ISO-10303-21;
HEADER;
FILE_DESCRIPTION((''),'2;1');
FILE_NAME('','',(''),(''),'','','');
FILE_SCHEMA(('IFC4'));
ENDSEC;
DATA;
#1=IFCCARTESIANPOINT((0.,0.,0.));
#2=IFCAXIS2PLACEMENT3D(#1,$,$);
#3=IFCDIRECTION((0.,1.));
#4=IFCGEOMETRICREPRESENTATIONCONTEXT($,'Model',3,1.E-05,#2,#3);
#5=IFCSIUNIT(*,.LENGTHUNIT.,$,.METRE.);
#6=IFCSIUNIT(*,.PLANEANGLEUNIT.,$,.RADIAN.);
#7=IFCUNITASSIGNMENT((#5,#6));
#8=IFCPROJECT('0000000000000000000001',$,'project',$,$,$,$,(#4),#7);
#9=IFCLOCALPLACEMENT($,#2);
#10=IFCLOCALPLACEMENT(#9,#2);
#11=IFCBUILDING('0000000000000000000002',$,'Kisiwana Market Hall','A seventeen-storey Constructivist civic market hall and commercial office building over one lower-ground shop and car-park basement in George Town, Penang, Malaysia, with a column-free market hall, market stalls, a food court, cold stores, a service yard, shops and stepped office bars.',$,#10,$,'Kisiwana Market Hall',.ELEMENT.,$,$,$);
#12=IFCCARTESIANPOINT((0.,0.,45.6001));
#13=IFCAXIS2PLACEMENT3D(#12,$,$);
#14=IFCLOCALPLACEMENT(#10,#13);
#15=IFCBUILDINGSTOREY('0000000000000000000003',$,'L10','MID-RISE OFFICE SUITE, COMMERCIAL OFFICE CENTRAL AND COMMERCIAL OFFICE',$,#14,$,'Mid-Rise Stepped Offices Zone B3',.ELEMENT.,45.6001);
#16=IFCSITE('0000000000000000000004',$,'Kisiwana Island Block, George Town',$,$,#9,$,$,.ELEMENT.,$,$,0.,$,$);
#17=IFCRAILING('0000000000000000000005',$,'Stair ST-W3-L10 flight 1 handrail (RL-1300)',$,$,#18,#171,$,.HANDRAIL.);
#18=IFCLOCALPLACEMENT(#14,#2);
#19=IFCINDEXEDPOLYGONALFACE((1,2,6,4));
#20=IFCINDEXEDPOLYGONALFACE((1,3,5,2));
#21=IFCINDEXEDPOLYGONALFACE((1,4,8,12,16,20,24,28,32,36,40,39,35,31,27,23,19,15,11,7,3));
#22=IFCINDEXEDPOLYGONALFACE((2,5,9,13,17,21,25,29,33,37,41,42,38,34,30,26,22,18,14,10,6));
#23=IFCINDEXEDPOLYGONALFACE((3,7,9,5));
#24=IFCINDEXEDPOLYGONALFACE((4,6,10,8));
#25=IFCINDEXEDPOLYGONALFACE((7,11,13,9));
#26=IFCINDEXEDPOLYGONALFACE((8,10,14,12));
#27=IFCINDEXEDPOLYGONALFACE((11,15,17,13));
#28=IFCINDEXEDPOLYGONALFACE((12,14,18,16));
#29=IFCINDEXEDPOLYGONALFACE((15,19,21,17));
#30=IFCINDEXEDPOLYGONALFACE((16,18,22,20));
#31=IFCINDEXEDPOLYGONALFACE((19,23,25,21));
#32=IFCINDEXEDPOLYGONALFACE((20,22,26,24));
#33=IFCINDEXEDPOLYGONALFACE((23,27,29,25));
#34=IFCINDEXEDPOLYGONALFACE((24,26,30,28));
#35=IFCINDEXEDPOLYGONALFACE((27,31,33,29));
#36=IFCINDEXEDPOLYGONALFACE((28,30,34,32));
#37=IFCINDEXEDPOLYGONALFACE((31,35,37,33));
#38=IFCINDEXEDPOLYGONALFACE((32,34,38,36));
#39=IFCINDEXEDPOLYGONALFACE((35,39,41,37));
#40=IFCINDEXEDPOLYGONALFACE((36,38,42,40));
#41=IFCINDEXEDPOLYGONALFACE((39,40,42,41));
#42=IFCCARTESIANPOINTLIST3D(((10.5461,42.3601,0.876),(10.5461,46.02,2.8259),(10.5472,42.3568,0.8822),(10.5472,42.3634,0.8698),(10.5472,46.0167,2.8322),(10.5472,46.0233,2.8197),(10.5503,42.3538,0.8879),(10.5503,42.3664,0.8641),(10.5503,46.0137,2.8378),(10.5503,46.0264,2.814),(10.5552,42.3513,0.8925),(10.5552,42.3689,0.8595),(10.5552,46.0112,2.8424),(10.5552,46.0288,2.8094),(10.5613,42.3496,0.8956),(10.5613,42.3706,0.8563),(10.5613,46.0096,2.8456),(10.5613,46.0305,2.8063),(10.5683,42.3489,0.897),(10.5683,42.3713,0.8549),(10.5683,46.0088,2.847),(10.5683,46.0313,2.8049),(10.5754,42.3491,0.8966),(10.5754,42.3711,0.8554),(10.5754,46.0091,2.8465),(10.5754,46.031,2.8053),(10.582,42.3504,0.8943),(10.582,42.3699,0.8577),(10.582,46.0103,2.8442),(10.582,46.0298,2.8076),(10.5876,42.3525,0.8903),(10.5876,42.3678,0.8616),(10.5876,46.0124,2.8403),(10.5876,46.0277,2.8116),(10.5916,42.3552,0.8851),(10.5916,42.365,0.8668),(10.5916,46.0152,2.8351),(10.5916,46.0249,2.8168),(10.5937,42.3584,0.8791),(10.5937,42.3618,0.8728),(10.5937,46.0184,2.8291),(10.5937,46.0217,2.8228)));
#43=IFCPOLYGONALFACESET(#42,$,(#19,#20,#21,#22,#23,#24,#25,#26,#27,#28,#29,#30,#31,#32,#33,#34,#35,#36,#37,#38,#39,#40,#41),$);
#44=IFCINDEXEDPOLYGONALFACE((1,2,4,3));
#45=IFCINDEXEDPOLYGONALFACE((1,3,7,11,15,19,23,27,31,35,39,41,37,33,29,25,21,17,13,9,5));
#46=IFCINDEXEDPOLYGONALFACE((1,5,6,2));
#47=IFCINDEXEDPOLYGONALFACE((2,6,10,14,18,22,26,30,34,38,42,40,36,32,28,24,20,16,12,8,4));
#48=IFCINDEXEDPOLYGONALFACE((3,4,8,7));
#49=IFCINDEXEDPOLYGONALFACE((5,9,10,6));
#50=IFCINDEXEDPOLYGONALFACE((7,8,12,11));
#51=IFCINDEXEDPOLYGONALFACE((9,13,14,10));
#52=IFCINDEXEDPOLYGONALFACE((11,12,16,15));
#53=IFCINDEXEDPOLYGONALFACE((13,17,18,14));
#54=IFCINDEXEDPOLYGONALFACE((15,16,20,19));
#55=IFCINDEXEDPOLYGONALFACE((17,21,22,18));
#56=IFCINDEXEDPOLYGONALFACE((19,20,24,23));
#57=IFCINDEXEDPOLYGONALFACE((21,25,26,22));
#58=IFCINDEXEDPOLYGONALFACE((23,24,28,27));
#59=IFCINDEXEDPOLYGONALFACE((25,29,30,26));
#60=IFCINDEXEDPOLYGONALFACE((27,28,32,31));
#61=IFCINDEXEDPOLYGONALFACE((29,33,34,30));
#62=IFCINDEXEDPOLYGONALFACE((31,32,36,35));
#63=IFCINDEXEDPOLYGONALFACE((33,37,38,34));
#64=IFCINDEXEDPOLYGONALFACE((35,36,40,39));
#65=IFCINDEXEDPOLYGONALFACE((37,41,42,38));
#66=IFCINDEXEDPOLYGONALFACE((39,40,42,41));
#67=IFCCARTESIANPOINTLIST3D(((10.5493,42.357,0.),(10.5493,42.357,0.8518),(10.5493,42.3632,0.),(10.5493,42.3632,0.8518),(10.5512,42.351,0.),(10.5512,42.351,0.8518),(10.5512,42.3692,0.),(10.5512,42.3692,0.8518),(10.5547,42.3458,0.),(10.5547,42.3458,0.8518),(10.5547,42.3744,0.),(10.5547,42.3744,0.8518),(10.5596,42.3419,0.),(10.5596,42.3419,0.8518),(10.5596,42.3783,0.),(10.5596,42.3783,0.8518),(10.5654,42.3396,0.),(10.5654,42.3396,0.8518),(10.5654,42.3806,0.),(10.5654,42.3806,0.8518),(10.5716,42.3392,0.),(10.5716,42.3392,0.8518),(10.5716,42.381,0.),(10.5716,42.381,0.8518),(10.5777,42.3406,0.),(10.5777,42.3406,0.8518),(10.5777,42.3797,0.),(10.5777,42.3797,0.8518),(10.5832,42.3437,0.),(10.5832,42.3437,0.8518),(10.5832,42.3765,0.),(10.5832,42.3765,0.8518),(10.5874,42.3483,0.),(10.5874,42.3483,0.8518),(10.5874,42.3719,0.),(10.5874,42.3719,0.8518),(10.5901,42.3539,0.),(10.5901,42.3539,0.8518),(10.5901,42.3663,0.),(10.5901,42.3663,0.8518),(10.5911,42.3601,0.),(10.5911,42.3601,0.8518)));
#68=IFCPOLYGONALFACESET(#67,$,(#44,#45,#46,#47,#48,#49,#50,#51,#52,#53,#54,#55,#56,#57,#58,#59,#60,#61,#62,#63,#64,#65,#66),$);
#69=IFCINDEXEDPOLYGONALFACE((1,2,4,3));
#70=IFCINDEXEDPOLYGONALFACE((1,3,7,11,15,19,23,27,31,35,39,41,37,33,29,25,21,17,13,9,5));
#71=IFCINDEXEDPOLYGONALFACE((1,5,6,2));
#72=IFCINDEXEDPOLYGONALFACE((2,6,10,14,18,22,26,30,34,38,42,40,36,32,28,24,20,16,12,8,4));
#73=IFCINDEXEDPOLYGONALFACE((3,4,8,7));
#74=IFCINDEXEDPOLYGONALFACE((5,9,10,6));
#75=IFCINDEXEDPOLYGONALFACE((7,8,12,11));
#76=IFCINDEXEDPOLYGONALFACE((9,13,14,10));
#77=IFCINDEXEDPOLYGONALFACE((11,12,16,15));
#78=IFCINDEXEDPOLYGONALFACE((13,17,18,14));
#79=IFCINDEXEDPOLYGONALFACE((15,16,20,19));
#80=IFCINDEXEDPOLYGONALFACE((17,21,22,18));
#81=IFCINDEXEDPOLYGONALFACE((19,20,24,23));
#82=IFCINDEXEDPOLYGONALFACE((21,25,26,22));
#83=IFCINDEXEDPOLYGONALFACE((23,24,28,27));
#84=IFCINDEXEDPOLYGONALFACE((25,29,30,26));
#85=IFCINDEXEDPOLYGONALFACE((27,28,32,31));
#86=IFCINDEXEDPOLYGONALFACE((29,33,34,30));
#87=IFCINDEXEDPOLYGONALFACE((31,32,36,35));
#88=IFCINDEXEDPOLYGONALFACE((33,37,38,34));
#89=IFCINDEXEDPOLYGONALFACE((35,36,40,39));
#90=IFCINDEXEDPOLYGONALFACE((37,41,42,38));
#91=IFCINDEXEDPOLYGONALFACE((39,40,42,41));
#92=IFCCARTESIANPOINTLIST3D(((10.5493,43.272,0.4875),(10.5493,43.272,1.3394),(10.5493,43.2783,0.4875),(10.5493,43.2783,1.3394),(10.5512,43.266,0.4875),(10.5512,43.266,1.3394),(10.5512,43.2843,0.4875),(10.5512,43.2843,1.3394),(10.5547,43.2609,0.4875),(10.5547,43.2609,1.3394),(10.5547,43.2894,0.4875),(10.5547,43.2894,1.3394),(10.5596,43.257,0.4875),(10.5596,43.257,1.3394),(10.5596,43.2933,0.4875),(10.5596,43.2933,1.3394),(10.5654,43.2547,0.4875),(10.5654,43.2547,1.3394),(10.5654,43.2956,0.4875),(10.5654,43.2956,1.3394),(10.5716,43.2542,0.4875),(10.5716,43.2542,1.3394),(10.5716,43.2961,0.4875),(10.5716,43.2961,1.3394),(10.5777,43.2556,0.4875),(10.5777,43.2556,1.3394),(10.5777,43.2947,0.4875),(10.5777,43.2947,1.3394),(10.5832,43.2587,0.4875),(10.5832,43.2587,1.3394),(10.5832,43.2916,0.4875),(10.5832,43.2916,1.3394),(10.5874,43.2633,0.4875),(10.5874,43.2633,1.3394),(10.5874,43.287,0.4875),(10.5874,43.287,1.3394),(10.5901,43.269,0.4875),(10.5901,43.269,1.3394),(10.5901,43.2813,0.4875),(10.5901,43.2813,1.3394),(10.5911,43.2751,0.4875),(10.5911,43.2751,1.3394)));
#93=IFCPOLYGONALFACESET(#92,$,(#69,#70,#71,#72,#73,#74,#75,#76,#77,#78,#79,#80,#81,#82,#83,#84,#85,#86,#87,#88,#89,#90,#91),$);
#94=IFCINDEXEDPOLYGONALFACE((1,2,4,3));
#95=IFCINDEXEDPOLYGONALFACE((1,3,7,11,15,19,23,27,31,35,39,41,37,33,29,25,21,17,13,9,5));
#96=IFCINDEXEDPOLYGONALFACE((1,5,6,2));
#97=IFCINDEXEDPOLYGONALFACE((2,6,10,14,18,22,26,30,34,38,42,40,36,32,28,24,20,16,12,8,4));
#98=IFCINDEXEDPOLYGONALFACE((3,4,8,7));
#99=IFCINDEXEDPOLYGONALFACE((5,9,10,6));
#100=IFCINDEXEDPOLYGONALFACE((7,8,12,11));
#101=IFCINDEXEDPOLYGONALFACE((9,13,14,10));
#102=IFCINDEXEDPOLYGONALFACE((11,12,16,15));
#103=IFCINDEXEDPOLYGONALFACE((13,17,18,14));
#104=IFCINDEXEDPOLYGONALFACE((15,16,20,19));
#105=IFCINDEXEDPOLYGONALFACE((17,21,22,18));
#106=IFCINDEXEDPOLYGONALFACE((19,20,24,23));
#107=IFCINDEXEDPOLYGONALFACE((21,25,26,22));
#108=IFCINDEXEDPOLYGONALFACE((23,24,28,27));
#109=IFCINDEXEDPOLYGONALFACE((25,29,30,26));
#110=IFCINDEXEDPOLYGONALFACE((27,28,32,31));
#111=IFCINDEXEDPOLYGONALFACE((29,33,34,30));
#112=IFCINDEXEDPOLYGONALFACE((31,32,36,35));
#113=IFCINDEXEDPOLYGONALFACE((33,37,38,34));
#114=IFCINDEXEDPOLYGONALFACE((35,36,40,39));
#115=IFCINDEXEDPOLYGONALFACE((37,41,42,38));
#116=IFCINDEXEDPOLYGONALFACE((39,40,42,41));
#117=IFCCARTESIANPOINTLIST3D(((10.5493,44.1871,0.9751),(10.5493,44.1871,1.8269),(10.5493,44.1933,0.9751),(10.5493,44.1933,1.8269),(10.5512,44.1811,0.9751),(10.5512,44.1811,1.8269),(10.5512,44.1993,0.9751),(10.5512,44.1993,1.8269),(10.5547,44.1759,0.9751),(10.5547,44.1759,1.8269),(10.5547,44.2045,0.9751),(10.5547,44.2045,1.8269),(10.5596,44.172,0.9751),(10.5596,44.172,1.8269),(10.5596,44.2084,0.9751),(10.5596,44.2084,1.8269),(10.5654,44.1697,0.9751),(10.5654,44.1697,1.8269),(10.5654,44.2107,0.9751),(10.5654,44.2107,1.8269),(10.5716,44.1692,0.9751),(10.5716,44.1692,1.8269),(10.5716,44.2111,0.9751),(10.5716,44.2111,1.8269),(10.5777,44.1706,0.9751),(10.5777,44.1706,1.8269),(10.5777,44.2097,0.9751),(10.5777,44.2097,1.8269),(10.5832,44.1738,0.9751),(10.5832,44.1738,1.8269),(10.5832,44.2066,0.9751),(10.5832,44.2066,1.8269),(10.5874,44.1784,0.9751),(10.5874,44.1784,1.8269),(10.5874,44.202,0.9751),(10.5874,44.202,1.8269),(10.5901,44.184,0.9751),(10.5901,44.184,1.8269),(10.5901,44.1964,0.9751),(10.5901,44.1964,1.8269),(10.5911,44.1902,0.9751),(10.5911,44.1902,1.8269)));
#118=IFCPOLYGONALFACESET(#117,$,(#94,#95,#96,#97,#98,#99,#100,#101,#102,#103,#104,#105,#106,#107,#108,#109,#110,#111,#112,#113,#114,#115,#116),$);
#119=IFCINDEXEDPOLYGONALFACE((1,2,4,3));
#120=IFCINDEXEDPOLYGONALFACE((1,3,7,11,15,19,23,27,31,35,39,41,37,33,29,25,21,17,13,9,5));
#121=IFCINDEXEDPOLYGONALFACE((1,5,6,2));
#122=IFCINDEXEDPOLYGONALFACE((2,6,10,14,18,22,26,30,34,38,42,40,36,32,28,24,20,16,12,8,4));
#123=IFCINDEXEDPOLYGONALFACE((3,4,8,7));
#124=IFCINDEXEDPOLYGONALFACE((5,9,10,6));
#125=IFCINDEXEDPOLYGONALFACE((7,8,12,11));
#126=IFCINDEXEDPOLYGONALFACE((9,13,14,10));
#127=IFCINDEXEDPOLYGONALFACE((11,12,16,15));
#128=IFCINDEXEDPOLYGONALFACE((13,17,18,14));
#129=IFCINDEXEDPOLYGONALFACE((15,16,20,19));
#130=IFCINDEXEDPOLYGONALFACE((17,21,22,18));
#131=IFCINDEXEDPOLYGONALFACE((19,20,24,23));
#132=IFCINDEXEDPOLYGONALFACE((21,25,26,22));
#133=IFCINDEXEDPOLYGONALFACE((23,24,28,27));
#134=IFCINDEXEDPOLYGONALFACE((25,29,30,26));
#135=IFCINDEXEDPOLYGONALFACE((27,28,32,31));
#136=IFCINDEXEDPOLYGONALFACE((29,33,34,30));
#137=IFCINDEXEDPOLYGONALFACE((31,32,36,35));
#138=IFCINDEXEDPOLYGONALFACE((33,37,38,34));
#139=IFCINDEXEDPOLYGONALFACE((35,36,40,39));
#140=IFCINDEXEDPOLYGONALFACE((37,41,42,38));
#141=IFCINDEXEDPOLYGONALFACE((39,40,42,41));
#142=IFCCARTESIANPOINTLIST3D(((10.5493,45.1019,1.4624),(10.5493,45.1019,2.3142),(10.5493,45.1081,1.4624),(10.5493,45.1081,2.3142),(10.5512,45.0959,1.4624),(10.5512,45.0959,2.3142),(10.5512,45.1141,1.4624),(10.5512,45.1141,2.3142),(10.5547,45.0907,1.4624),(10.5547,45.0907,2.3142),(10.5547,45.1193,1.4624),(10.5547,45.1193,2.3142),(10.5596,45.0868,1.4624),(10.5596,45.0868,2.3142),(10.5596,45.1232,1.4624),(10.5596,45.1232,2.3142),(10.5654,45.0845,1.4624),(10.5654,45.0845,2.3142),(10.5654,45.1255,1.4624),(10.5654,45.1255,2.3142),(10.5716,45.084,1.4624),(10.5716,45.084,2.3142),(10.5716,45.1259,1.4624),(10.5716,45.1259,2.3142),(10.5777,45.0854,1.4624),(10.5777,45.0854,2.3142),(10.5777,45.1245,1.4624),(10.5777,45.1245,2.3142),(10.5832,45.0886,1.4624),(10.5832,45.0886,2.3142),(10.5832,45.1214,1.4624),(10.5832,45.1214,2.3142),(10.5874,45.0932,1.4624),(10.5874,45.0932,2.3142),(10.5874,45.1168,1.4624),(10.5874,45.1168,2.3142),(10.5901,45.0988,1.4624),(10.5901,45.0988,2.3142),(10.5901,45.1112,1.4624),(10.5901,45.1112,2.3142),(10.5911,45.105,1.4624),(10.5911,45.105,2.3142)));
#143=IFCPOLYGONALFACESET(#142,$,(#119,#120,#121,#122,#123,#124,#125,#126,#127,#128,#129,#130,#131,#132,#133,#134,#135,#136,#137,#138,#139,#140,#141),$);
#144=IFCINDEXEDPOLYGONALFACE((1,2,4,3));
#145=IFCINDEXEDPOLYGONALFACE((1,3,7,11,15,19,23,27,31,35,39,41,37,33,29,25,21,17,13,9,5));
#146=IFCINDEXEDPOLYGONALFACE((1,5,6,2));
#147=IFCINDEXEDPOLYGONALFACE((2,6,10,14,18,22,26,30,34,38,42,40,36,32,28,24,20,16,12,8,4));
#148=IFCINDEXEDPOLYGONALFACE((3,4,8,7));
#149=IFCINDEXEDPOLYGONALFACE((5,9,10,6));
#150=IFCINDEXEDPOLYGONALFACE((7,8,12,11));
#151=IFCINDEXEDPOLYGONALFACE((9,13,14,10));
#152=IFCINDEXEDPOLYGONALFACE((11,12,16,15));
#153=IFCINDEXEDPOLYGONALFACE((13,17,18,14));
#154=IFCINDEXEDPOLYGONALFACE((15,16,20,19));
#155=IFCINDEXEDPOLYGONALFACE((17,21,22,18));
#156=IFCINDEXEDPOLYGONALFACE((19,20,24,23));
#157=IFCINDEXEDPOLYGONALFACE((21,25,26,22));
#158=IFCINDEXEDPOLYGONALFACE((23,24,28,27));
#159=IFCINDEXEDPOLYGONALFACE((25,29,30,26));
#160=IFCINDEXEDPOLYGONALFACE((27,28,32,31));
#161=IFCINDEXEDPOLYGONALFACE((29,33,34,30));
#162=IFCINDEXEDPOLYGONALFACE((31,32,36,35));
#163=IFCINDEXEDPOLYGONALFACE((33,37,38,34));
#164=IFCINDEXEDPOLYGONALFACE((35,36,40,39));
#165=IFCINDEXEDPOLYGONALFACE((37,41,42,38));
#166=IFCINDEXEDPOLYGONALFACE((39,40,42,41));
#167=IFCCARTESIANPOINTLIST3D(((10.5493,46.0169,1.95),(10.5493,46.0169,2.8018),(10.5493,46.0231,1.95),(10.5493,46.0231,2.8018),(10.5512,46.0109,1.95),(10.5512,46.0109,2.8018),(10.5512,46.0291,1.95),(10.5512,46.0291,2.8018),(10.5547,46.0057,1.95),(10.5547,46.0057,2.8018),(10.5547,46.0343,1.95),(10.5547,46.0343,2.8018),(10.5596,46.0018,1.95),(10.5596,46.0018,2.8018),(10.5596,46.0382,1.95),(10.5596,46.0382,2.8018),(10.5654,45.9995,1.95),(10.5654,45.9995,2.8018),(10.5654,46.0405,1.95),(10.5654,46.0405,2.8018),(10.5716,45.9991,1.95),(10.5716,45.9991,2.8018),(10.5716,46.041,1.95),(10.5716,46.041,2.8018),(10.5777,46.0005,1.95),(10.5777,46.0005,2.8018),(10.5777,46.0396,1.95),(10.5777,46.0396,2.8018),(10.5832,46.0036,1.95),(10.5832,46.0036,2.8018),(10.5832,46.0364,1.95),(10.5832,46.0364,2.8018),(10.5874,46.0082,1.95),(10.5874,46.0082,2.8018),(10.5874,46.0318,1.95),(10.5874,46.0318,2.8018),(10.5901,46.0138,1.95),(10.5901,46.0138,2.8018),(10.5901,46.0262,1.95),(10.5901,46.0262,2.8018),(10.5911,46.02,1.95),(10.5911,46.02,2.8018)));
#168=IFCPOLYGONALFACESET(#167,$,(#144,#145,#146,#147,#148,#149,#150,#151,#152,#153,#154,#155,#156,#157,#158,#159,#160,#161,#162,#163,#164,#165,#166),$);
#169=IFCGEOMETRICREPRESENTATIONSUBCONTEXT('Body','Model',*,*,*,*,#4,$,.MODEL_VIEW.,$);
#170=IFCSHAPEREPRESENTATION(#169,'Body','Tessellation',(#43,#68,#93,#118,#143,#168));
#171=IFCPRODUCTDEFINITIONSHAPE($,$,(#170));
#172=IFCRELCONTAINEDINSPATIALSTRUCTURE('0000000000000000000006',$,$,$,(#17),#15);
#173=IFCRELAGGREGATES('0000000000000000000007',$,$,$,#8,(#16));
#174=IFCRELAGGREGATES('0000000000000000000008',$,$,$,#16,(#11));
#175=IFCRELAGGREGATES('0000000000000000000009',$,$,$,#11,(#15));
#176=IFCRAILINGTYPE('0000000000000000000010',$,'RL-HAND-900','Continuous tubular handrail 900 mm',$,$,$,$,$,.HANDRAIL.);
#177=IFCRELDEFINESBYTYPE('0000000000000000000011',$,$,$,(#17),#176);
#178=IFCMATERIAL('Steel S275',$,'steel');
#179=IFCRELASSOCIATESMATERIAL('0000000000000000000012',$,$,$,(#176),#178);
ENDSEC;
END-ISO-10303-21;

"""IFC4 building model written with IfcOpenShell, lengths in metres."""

from ifc_helpers import new_model, si_unit, direction, frame, origin, origin_2d, place, context, subcontext, project, spatial, circle, extrude, material, type_object, element, save


model = new_model("IFC4")

# Units and contexts
model_context = context("Model", 3, precision=1e-05, world=origin(), true_north=direction((0.0, 1.0)))
body_context = subcontext(model_context, "Body", "Model", "MODEL_VIEW")
ifc_project = project(units=[si_unit("LENGTHUNIT", "METRE"), si_unit("PLANEANGLEUNIT", "RADIAN")], contexts=[model_context])

# Site, building, storey
site_placement = place(None, origin())
site = spatial("IfcSite", under=ifc_project, at=site_placement, Name="Kisiwana Island Block, George Town", CompositionType="ELEMENT", RefElevation=0.0)
building_placement = place(site_placement, origin())
building = spatial("IfcBuilding", under=site, at=building_placement, Name="Kisiwana Market Hall", Description="A seventeen-storey Constructivist civic market hall and commercial office building over one lower-ground shop and car-park basement in George Town, Penang, Malaysia, with a column-free market hall, market stalls, a food court, cold stores, a service yard, shops and stepped office bars.", LongName="Kisiwana Market Hall", CompositionType="ELEMENT")
storey_placement = place(building_placement, frame((0.0, 0.0, 45.6001)))
storey = spatial("IfcBuildingStorey", under=building, at=storey_placement, Name="L10", Description="MID-RISE OFFICE SUITE, COMMERCIAL OFFICE CENTRAL AND COMMERCIAL OFFICE", LongName="Mid-Rise Stepped Offices Zone B3", CompositionType="ELEMENT", Elevation=45.6001)

# Railing
ifc_material_1 = material(Name="Steel S275", Category="steel")
railing_type_1 = type_object("IfcRailingType", Name="RL-HAND-900", Description="Continuous tubular handrail 900 mm", PredefinedType="HANDRAIL", material=ifc_material_1)
for number, where, name in (
    (1, (10.5701, 42.3601, 0.0), "Stair ST-W3-L10 flight 1 handrail (RL-1300)"),
):
    element("IfcRailing", number, at=place(storey_placement, frame(where)), inside=storey, type_object=railing_type_1, Name=name, PredefinedType="HANDRAIL", context=body_context, shape_type="SweptSolid", body=[
        extrude(circle(Radius=0.0239, at=origin_2d()), frame((0.0, 0.0, 0.876), z_axis=(0.0, 0.882553, 0.470212), x_axis=(-1.0, 0.0, 0.0)), (0.0, 0.0, 1.0), 4.147),
        extrude(circle(Radius=0.021, at=origin_2d()), origin(), (0.0, 0.0, 1.0), 0.8518),
        extrude(circle(Radius=0.021, at=origin_2d()), frame((0.0, 0.915, 0.4875)), (0.0, 0.0, 1.0), 0.8518),
        extrude(circle(Radius=0.021, at=origin_2d()), frame((0.0, 1.8301, 0.9751)), (0.0, 0.0, 1.0), 0.8518),
        extrude(circle(Radius=0.021, at=origin_2d()), frame((0.0, 2.7449, 1.4624)), (0.0, 0.0, 1.0), 0.8518),
        extrude(circle(Radius=0.021, at=origin_2d()), frame((0.0, 3.6599, 1.95)), (0.0, 0.0, 1.0), 0.8518),
    ])

save(model, "model.ifc")
